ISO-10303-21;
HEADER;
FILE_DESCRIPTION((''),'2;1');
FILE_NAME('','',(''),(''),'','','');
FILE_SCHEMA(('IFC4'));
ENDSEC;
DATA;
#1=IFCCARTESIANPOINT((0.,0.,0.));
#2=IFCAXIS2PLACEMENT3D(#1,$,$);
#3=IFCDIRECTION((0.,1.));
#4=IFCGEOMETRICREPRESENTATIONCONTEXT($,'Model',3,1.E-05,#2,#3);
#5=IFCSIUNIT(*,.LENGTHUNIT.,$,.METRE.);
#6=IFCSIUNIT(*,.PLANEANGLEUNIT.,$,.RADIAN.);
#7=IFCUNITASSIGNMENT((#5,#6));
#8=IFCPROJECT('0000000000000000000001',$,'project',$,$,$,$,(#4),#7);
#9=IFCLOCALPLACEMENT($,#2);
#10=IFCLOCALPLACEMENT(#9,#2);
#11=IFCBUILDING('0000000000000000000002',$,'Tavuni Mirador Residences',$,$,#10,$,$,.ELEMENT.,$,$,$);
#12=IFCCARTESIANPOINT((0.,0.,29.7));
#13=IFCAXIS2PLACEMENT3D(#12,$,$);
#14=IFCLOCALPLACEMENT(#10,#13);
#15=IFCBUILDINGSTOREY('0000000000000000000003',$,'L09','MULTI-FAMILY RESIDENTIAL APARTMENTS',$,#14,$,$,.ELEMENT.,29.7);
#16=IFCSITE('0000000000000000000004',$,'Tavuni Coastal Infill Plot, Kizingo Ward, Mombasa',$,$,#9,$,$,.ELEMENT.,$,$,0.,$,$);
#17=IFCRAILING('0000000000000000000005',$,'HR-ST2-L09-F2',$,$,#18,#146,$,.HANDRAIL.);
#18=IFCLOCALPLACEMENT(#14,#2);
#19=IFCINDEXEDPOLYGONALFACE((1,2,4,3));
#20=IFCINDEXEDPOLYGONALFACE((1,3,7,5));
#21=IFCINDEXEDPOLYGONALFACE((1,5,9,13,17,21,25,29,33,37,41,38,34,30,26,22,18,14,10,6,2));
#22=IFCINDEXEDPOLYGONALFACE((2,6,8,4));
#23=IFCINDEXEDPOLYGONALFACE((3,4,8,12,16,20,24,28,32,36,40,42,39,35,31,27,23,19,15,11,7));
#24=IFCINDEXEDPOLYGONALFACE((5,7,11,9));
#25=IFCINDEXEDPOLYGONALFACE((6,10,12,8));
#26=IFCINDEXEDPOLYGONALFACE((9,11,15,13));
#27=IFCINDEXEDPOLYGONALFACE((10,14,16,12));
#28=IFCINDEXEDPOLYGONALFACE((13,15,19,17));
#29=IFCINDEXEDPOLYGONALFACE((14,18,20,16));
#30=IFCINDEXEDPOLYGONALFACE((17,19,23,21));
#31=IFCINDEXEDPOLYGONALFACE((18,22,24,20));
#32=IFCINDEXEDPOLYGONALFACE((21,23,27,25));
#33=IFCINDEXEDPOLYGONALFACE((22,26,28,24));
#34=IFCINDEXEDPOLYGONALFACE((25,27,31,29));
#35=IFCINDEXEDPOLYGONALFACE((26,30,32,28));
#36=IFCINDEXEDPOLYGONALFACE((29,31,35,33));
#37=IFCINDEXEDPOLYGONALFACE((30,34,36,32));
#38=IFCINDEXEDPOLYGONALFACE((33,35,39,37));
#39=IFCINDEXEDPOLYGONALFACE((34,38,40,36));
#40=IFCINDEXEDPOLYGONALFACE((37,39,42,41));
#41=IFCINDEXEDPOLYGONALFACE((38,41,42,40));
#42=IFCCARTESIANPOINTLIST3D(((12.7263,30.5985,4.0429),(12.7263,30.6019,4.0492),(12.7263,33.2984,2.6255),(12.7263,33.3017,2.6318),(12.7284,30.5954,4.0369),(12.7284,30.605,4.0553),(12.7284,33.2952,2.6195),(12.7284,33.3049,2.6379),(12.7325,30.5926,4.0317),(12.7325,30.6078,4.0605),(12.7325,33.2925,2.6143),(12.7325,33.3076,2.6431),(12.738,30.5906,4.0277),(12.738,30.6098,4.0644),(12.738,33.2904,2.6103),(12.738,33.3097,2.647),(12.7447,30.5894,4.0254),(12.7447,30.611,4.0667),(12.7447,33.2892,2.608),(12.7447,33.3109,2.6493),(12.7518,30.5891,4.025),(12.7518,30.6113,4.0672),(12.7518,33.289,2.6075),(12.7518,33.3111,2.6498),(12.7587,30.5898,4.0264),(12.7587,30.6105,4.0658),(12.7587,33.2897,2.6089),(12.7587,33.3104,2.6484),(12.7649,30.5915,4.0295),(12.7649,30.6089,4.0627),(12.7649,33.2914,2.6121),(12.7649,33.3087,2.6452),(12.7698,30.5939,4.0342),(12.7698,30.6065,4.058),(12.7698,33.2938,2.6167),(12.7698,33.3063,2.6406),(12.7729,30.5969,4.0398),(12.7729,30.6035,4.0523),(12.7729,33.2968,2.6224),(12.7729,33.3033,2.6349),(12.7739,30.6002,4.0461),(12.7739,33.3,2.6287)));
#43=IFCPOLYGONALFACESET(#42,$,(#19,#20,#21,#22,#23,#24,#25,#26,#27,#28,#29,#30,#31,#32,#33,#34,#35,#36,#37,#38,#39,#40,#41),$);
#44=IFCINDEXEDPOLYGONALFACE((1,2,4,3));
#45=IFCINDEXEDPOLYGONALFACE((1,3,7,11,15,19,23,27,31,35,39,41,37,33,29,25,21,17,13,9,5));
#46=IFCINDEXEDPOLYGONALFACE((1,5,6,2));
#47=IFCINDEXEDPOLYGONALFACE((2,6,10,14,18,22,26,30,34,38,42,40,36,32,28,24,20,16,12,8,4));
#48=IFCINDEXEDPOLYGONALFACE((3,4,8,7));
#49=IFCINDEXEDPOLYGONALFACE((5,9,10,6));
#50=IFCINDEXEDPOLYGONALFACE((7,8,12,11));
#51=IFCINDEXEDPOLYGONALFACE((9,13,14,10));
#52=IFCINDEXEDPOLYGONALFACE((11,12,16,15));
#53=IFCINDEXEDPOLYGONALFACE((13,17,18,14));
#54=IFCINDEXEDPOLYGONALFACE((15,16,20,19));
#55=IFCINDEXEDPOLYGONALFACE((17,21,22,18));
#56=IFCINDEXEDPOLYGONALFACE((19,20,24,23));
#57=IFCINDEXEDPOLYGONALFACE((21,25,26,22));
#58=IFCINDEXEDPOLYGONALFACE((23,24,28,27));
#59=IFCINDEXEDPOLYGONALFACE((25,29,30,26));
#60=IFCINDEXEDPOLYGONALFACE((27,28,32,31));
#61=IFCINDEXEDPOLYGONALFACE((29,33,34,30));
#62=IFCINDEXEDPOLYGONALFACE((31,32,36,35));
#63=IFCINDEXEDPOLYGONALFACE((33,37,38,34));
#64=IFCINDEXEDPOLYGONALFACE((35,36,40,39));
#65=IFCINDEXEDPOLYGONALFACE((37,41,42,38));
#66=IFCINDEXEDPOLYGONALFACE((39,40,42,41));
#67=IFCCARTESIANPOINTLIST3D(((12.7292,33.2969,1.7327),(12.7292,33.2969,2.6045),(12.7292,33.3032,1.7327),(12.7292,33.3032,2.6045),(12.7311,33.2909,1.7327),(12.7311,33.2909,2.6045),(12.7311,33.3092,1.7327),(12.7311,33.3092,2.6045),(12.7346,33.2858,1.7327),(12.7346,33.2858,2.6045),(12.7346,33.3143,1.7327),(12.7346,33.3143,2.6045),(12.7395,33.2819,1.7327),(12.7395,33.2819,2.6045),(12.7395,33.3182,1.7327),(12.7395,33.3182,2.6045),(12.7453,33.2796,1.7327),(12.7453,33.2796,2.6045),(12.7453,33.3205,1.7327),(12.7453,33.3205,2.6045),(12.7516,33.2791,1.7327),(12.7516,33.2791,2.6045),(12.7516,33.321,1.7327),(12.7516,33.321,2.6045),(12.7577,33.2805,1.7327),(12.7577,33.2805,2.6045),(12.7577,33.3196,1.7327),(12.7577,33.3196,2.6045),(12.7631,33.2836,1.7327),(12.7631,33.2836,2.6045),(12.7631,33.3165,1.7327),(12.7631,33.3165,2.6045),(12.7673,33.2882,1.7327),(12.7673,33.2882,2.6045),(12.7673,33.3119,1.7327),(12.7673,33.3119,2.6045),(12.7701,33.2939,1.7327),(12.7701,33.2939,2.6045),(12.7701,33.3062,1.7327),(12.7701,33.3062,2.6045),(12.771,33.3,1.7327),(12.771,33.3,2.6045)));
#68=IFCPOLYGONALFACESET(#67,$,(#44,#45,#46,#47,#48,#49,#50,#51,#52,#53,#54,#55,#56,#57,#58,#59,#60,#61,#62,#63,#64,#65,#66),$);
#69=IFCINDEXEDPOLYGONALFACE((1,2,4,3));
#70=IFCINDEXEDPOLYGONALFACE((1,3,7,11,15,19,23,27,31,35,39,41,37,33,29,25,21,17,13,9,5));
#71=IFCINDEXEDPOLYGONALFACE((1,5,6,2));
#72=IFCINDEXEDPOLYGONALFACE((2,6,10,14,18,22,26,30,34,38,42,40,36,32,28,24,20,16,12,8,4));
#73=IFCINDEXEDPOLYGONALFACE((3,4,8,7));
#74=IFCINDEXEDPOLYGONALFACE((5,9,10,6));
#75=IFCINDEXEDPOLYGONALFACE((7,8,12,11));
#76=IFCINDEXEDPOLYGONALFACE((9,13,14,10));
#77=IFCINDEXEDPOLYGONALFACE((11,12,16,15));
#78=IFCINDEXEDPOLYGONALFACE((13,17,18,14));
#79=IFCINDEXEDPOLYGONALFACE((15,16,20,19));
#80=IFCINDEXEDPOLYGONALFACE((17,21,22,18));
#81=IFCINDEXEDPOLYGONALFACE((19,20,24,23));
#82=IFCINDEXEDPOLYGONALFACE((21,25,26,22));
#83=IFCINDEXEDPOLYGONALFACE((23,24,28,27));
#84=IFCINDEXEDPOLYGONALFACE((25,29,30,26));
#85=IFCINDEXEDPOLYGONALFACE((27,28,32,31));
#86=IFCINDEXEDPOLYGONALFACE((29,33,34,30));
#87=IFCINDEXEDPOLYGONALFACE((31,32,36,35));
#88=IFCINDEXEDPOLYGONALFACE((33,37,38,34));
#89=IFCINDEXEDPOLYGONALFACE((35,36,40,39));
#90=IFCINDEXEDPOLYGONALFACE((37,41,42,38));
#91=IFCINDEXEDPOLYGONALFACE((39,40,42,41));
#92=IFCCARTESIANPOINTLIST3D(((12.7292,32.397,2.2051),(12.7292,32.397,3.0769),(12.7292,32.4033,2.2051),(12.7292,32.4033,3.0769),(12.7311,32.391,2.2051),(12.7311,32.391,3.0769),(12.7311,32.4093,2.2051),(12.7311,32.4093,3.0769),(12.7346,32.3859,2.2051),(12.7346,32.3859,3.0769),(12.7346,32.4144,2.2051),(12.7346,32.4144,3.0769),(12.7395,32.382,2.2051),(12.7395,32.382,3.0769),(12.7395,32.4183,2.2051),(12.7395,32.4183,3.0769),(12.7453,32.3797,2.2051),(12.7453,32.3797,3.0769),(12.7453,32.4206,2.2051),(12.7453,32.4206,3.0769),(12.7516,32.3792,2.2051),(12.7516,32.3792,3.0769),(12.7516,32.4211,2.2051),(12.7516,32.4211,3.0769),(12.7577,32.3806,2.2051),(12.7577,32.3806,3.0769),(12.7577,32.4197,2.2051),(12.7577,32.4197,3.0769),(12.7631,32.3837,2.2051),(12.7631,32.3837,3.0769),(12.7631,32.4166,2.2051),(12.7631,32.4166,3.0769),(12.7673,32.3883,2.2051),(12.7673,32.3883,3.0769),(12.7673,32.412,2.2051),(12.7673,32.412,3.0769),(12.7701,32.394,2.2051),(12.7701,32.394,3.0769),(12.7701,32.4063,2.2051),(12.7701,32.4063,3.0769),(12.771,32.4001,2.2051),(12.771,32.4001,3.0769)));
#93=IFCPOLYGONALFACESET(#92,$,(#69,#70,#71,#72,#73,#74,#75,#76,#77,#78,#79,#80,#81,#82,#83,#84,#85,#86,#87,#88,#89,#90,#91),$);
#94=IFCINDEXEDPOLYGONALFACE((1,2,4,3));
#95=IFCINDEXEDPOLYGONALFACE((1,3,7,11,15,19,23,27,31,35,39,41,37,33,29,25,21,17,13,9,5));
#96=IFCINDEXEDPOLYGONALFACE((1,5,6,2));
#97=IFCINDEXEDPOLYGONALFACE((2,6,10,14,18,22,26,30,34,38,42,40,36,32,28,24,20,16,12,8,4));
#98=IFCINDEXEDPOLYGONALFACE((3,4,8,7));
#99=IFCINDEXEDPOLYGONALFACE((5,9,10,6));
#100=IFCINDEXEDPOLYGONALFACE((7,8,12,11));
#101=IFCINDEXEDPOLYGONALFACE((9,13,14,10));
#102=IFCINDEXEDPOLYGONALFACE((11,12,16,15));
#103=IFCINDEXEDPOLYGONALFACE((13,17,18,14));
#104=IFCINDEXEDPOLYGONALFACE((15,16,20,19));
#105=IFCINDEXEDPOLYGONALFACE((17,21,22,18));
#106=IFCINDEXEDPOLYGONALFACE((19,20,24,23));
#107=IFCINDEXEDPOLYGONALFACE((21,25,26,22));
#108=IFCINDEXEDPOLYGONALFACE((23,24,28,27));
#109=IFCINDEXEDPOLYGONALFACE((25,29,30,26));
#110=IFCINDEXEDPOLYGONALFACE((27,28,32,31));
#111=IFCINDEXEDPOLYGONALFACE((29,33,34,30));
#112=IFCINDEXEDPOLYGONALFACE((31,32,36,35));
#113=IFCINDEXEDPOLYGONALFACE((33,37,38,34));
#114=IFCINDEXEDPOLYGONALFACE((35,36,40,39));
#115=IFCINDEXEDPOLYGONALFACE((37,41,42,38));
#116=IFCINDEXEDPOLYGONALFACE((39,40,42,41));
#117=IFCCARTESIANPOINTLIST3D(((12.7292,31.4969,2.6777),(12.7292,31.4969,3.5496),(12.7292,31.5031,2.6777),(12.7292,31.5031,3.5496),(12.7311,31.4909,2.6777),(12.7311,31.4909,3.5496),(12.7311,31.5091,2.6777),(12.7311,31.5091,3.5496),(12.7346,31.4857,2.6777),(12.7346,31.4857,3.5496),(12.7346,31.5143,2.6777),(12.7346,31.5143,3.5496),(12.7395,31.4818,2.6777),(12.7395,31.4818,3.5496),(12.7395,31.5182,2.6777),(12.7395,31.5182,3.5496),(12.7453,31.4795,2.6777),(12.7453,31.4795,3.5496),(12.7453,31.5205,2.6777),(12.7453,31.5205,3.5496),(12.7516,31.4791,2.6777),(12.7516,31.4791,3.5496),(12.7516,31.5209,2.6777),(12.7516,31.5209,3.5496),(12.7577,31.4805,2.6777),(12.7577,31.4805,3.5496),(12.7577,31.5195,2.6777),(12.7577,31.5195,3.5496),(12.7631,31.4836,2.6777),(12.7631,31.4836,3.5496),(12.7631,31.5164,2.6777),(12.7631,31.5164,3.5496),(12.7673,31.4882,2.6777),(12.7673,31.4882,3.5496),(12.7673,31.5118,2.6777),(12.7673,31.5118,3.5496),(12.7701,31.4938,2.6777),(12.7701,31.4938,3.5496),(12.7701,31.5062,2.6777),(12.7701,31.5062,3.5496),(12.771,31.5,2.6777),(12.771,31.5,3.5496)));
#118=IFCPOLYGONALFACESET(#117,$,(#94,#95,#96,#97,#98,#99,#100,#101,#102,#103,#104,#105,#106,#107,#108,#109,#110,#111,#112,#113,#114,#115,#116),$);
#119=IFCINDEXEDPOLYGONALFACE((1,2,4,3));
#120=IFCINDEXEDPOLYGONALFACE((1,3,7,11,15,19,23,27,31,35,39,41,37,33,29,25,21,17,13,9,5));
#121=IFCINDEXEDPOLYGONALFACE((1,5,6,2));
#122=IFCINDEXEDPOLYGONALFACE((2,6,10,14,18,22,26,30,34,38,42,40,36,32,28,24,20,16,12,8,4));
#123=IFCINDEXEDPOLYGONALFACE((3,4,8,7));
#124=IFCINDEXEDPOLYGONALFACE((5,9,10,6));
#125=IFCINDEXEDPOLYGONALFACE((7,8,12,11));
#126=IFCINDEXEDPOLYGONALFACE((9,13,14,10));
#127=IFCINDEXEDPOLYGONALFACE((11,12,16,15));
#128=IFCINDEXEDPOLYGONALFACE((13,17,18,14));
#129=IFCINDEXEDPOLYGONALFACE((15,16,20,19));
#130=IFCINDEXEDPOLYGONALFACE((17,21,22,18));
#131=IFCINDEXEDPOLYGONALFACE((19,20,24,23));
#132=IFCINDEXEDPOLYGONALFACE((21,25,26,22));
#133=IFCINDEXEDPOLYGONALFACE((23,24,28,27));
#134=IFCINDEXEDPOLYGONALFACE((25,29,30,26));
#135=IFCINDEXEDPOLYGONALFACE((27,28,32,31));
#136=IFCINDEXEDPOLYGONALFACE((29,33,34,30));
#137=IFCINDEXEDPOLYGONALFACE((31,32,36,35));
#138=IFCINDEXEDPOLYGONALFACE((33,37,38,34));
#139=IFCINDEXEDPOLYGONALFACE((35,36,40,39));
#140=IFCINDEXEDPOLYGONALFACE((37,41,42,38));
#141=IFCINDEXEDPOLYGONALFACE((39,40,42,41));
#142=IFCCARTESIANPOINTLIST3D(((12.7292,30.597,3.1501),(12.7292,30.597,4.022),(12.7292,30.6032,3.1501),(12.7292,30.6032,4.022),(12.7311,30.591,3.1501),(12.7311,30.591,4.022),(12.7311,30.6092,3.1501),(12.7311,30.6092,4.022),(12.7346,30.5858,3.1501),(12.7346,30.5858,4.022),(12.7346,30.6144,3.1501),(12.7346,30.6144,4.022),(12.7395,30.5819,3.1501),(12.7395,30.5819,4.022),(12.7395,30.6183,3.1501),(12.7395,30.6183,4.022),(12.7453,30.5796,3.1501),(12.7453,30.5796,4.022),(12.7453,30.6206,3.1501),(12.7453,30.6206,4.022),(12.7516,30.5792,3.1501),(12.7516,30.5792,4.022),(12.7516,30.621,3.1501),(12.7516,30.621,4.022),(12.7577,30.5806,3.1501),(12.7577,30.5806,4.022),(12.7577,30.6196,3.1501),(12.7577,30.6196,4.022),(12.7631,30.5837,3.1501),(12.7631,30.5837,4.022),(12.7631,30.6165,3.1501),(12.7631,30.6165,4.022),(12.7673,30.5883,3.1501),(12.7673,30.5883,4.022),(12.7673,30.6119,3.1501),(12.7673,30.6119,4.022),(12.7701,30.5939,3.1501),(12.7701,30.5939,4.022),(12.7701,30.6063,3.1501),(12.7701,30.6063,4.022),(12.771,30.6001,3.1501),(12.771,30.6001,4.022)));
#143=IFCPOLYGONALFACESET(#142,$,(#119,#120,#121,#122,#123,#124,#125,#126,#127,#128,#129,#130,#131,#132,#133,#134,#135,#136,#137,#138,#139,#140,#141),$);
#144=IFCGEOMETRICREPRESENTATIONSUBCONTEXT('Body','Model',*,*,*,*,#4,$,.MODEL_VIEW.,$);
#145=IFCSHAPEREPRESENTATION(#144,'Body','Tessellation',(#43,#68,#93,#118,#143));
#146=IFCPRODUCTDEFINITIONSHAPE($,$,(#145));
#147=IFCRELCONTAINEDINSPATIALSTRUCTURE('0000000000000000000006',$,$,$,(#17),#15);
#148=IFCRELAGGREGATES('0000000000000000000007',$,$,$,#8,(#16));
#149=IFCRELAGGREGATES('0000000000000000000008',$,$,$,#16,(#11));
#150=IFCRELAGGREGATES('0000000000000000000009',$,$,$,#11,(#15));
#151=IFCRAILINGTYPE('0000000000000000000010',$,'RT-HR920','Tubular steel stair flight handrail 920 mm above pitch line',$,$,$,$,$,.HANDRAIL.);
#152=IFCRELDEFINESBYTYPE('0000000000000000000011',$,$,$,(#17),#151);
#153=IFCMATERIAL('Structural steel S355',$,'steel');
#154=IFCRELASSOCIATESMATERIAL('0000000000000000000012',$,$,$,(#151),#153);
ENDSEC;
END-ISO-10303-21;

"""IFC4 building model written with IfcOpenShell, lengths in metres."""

from ifc_helpers import new_model, si_unit, direction, frame, origin, origin_2d, place, context, subcontext, project, spatial, circle, extrude, material, type_object, element, save


model = new_model("IFC4")

# Units and contexts
model_context = context("Model", 3, precision=1e-05, world=origin(), true_north=direction((0.0, 1.0)))
body_context = subcontext(model_context, "Body", "Model", "MODEL_VIEW")
ifc_project = project(units=[si_unit("LENGTHUNIT", "METRE"), si_unit("PLANEANGLEUNIT", "RADIAN")], contexts=[model_context])

# Site, building, storey
site_placement = place(None, origin())
site = spatial("IfcSite", under=ifc_project, at=site_placement, Name="Tavuni Coastal Infill Plot, Kizingo Ward, Mombasa", CompositionType="ELEMENT", RefElevation=0.0)
building_placement = place(site_placement, origin())
building = spatial("IfcBuilding", under=site, at=building_placement, Name="Tavuni Mirador Residences", CompositionType="ELEMENT")
storey_placement = place(building_placement, frame((0.0, 0.0, 29.7)))
storey = spatial("IfcBuildingStorey", under=building, at=storey_placement, Name="L09", Description="MULTI-FAMILY RESIDENTIAL APARTMENTS", CompositionType="ELEMENT", Elevation=29.7)

# Railing
ifc_material_1 = material(Name="Structural steel S355", Category="steel")
railing_type = type_object("IfcRailingType", Name="RT-HR920", Description="Tubular steel stair flight handrail 920 mm above pitch line", PredefinedType="HANDRAIL", material=ifc_material_1)
railing_1_placement = place(storey_placement, frame((12.75, 33.3, 1.7327)))
element("IfcRailing", 1, at=railing_1_placement, inside=storey, type_object=railing_type, Name="HR-ST2-L09-F2", PredefinedType="HANDRAIL", context=body_context, shape_type="SweptSolid", body=[
    extrude(circle(Radius=0.0239, at=origin_2d()), frame((0.0, 0.0, 0.896), z_axis=(0.0, -0.885397, 0.464835), x_axis=(1.0, 0.0, 0.0)), (0.0, 0.0, 1.0), 3.0493),
    extrude(circle(Radius=0.021, at=origin_2d()), origin(), (0.0, 0.0, 1.0), 0.8718),
    extrude(circle(Radius=0.021, at=origin_2d()), frame((0.0, -0.8999, 0.4724)), (0.0, 0.0, 1.0), 0.8718),
    extrude(circle(Radius=0.021, at=origin_2d()), frame((0.0, -1.8, 0.9451)), (0.0, 0.0, 1.0), 0.8718),
    extrude(circle(Radius=0.021, at=origin_2d()), frame((0.0, -2.7, 1.4175)), (0.0, 0.0, 1.0), 0.8718),
])

save(model, "model.ifc")
